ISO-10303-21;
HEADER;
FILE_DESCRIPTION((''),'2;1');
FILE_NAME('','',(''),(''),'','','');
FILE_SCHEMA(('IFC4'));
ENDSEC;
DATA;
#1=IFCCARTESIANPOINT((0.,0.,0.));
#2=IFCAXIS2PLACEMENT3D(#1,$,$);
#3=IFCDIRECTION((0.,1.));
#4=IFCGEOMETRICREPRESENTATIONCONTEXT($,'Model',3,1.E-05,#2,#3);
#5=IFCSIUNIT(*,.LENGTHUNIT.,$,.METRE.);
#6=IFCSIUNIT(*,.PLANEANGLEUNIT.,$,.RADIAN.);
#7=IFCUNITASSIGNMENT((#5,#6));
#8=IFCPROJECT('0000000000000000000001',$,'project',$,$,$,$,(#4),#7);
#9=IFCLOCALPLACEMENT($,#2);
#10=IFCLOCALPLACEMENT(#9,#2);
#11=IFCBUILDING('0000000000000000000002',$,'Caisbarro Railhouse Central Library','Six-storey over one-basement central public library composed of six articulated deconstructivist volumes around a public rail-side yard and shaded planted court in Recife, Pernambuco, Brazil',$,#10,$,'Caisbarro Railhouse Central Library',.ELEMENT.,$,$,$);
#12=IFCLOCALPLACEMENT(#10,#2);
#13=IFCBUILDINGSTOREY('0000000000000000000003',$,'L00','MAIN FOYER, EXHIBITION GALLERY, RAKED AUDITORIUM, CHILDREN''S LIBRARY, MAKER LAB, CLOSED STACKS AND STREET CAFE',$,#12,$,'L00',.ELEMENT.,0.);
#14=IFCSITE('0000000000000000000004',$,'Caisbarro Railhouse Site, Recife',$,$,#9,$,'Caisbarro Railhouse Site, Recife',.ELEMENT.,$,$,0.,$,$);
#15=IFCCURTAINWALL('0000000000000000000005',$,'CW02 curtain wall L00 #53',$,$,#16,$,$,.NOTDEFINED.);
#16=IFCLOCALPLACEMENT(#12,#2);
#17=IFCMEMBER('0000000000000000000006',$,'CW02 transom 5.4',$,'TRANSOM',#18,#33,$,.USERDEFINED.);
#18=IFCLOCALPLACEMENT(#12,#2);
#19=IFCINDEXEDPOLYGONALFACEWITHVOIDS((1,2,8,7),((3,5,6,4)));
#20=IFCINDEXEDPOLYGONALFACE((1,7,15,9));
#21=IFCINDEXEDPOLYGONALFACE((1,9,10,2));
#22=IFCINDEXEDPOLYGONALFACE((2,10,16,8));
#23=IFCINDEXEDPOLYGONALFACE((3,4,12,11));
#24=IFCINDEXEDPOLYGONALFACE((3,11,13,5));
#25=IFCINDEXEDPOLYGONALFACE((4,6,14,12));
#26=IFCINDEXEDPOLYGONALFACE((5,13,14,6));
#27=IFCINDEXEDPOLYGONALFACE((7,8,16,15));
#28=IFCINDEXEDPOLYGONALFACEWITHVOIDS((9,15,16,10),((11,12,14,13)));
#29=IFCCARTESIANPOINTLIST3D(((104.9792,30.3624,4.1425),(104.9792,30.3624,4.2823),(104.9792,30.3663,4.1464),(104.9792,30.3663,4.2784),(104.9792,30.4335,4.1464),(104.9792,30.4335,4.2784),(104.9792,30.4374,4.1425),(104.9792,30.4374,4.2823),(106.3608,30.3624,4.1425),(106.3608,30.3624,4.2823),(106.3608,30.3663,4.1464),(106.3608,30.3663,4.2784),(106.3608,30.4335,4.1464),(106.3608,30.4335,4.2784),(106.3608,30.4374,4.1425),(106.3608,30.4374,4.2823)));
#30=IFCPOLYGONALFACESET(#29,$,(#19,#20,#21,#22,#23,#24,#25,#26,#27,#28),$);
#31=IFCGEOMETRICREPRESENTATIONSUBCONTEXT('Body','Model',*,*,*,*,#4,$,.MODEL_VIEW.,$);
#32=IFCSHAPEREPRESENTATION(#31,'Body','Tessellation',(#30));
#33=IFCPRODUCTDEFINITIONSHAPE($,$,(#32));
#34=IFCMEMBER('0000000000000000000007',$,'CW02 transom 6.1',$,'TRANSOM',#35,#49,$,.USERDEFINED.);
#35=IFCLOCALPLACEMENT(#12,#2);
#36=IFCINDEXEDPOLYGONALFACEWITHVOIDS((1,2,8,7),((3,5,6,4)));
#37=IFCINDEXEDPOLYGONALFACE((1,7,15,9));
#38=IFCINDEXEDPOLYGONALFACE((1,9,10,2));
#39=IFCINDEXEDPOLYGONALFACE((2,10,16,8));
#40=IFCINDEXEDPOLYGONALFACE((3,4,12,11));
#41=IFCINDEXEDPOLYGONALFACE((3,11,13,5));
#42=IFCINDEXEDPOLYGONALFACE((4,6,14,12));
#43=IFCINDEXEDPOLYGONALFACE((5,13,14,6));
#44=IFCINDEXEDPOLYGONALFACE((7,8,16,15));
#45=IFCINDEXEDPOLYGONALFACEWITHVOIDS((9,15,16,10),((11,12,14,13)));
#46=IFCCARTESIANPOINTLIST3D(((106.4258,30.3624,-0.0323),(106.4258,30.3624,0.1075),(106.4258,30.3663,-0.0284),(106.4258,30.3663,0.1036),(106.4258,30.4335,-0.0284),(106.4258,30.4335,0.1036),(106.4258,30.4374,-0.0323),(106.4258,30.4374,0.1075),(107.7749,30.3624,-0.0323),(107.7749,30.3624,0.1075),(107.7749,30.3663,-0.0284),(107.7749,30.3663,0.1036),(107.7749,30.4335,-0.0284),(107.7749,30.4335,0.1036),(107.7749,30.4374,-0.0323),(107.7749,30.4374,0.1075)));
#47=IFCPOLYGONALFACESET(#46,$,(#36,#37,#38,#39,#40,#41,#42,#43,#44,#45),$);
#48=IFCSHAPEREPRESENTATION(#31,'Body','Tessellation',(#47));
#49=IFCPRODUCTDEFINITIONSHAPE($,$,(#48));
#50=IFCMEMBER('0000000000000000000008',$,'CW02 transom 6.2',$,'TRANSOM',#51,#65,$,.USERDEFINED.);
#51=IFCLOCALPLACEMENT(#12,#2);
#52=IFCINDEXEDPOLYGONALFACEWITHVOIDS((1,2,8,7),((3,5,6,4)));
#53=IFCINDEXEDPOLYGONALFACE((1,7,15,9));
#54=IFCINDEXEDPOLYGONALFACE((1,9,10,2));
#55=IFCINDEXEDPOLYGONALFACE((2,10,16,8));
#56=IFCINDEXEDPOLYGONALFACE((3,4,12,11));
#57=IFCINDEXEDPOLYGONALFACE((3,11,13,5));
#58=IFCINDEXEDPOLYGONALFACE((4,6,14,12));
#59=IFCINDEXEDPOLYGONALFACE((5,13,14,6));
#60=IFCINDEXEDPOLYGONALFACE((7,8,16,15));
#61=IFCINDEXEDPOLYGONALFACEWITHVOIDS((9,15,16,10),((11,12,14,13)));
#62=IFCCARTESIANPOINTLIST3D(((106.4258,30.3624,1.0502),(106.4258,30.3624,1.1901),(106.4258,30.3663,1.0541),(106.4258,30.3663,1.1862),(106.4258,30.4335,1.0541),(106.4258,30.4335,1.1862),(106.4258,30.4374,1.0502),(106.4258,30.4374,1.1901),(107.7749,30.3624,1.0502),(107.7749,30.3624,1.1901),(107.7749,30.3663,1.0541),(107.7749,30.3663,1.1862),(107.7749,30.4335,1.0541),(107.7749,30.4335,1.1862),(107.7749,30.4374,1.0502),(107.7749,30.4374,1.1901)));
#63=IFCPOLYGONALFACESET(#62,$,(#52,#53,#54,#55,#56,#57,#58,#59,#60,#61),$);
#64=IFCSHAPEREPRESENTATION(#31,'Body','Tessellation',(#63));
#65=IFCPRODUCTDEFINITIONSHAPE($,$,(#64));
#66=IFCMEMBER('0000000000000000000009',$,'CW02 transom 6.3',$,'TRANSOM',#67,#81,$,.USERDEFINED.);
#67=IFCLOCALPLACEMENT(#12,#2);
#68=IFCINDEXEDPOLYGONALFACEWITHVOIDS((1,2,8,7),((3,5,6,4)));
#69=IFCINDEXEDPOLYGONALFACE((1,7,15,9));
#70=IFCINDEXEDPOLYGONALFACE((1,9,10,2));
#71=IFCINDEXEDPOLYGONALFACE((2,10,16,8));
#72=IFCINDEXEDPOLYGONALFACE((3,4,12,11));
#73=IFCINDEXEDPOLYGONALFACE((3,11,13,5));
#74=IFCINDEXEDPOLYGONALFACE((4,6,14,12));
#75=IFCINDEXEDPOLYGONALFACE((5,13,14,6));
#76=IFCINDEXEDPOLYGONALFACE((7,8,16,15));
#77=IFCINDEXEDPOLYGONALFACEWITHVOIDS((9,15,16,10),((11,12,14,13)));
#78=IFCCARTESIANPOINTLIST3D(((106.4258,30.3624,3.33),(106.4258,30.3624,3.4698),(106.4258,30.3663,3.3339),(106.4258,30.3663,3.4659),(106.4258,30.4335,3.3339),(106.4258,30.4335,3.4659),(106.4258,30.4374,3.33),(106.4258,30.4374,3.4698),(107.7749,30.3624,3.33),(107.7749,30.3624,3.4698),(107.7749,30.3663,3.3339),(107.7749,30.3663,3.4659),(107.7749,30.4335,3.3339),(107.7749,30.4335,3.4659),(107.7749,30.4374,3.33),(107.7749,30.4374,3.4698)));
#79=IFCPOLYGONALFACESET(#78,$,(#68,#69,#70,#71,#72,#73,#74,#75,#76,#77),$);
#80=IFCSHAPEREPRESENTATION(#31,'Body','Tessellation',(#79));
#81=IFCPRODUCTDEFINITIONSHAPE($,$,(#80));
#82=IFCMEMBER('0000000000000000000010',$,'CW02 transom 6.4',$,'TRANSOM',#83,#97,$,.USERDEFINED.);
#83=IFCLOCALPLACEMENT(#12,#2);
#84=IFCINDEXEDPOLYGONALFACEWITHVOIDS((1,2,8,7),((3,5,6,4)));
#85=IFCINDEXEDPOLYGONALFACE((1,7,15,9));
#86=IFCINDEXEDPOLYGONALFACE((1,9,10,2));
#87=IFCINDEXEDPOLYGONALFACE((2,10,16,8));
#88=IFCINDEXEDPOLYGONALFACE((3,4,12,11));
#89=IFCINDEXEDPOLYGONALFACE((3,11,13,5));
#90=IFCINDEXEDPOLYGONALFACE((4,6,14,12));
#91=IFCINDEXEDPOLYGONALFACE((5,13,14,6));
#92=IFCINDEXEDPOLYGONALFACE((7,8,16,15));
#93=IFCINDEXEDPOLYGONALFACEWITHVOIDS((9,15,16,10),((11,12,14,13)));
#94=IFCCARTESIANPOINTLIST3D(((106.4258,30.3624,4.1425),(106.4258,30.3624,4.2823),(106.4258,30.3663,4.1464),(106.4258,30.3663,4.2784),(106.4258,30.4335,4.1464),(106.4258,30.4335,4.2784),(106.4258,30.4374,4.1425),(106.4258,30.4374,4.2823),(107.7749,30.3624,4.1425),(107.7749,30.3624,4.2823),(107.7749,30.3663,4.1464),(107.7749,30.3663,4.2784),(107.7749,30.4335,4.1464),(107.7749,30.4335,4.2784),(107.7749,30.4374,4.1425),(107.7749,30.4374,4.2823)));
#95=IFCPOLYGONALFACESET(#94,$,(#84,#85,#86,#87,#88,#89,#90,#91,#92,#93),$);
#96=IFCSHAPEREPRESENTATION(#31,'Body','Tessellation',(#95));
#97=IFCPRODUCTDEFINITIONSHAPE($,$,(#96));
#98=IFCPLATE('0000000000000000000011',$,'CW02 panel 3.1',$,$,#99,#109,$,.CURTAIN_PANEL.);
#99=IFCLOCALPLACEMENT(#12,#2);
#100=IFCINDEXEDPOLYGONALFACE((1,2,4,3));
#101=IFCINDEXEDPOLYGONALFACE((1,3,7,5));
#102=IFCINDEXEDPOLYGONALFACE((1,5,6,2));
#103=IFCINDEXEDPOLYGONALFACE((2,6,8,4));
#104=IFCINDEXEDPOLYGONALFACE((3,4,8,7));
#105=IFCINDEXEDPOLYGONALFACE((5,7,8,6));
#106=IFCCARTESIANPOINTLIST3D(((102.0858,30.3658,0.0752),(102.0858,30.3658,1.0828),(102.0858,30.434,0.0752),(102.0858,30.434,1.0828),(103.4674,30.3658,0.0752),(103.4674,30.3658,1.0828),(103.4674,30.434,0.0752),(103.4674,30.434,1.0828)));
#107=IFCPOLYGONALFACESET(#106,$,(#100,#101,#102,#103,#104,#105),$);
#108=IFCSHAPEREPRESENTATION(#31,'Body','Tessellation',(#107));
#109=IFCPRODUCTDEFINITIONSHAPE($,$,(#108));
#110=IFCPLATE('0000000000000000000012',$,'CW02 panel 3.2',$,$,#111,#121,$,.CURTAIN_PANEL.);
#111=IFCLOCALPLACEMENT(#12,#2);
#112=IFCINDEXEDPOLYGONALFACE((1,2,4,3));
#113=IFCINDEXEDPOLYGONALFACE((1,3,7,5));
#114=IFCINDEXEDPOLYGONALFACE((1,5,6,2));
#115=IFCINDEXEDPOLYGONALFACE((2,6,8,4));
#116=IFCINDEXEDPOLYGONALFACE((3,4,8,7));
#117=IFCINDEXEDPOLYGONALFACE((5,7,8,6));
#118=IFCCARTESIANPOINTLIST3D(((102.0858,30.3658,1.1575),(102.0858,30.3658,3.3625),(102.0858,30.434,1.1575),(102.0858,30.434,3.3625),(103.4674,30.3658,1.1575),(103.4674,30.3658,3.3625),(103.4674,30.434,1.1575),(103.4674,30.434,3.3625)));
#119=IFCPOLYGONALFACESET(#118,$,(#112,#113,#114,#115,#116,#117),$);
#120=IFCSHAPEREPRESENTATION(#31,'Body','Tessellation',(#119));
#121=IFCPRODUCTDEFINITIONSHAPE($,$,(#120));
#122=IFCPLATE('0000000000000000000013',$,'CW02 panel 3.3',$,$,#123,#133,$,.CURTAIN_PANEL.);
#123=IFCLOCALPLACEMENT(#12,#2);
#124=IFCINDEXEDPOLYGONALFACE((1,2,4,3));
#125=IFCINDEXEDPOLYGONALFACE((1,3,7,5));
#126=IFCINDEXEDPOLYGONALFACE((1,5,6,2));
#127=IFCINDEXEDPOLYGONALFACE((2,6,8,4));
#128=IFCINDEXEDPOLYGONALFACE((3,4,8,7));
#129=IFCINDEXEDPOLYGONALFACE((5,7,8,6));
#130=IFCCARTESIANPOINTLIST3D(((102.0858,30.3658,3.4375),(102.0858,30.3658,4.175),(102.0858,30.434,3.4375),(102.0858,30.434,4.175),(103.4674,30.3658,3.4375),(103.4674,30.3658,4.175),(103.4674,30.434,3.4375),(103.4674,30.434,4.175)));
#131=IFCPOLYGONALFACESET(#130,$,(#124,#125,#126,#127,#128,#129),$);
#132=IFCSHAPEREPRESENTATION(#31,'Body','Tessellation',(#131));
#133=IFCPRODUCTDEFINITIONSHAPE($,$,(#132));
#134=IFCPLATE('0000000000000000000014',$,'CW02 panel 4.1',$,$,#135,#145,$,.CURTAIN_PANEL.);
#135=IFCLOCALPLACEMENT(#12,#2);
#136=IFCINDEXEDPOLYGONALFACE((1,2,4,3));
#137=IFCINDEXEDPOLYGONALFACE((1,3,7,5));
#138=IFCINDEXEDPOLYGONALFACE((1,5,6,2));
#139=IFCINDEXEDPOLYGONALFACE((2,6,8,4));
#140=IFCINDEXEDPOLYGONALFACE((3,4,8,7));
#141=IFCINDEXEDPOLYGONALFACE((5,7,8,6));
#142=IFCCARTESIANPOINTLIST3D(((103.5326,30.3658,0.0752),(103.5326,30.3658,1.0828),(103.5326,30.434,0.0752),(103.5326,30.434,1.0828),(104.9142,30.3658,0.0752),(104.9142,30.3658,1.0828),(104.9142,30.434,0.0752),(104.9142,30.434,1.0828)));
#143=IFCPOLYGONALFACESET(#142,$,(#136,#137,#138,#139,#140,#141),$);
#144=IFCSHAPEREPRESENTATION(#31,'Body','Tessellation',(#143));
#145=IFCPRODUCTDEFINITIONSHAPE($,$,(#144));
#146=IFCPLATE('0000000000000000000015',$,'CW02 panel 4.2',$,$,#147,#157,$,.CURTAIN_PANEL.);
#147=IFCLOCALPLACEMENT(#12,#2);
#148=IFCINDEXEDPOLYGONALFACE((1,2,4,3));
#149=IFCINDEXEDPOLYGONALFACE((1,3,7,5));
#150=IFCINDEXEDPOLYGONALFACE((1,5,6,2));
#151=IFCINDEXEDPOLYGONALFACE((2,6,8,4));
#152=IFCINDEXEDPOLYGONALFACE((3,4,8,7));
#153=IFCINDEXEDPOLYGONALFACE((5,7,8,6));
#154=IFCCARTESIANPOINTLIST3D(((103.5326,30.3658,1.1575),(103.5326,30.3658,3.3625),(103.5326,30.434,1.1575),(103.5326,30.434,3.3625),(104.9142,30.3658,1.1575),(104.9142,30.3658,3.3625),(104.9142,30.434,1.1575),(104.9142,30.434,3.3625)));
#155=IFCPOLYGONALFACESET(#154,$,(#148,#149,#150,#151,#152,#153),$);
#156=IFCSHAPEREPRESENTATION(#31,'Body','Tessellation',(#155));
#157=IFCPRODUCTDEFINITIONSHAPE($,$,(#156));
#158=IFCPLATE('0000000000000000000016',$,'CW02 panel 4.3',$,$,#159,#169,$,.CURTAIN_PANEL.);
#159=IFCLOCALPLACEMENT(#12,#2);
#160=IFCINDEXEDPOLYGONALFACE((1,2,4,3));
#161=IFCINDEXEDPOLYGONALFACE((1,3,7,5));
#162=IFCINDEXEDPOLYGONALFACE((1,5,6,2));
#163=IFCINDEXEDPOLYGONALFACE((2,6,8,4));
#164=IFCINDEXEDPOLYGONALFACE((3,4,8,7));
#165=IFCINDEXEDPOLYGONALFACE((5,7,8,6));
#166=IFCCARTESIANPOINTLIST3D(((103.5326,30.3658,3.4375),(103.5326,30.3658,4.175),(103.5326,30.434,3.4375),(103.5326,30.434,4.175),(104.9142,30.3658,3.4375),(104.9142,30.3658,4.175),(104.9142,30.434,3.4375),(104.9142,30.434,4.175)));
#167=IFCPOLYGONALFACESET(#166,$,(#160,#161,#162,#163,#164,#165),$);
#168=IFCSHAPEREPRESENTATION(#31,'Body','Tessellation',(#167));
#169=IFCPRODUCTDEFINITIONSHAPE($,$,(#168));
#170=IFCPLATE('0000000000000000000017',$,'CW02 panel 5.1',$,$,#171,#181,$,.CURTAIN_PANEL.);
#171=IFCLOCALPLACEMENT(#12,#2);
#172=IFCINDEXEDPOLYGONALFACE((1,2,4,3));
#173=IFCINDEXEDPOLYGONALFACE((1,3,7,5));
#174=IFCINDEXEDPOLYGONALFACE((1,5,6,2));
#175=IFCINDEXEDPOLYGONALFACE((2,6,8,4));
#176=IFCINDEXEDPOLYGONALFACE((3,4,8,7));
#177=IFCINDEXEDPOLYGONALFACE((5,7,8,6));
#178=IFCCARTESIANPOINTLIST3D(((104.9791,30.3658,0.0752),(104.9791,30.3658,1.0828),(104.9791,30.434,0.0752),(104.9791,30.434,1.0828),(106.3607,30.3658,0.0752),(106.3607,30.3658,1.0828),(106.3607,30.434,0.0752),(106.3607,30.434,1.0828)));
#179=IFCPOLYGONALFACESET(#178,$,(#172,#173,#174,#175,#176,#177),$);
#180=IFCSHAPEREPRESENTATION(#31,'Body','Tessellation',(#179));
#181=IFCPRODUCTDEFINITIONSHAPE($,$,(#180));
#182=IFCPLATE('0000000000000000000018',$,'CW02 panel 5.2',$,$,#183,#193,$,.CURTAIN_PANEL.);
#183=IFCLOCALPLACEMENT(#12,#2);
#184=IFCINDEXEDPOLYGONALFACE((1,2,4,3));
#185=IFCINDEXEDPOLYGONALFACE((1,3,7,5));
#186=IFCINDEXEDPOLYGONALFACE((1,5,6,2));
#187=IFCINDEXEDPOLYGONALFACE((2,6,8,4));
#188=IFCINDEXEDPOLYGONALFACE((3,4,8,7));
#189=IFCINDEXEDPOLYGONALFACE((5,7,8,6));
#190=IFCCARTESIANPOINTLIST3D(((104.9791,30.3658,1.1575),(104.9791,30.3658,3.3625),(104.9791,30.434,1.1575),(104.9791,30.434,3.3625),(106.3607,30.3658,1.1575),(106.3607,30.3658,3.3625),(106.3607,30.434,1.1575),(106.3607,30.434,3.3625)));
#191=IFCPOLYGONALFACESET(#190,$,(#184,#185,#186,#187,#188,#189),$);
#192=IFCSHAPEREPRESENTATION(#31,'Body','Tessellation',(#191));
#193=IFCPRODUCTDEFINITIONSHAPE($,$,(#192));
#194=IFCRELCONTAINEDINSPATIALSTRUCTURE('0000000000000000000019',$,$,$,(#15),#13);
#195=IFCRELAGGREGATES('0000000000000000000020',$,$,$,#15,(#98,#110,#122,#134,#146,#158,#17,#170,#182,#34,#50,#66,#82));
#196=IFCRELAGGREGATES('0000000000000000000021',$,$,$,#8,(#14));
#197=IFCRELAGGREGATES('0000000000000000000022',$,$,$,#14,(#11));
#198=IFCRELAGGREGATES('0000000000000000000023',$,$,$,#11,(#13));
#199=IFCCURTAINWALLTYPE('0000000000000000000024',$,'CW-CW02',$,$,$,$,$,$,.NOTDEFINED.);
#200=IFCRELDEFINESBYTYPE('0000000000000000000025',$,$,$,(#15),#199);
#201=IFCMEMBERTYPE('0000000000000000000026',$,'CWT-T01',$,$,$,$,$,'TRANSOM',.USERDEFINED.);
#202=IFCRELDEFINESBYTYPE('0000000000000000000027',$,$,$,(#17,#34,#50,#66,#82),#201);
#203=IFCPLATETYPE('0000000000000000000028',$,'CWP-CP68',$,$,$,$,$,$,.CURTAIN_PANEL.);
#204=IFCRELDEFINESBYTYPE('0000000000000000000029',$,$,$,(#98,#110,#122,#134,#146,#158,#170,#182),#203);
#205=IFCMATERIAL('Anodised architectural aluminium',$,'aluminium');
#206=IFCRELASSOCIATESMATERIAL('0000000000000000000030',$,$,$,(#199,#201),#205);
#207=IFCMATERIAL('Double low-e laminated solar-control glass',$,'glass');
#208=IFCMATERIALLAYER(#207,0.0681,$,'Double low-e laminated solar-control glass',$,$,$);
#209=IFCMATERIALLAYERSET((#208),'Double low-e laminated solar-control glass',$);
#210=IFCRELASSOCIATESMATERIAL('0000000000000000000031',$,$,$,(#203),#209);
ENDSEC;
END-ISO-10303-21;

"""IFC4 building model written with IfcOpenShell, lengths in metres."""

from ifc_helpers import new_model, si_unit, direction, frame, origin, origin_2d, place, context, subcontext, project, spatial, rectangle, hollow_rectangle, extrude, material, layer, layer_set, material_profile, profile_set, type_object, element, aggregate, save


model = new_model("IFC4")

# Units and contexts
model_context = context("Model", 3, precision=1e-05, world=origin(), true_north=direction((0.0, 1.0)))
body_context = subcontext(model_context, "Body", "Model", "MODEL_VIEW")
ifc_project = project(units=[si_unit("LENGTHUNIT", "METRE"), si_unit("PLANEANGLEUNIT", "RADIAN")], contexts=[model_context])

# Site, building, storey
site_placement = place(None, origin())
site = spatial("IfcSite", under=ifc_project, at=site_placement, Name="Caisbarro Railhouse Site, Recife", LongName="Caisbarro Railhouse Site, Recife", CompositionType="ELEMENT", RefElevation=0.0)
building_placement = place(site_placement, origin())
building = spatial("IfcBuilding", under=site, at=building_placement, Name="Caisbarro Railhouse Central Library", Description="Six-storey over one-basement central public library composed of six articulated deconstructivist volumes around a public rail-side yard and shaded planted court in Recife, Pernambuco, Brazil", LongName="Caisbarro Railhouse Central Library", CompositionType="ELEMENT")
storey_placement = place(building_placement, origin())
storey = spatial("IfcBuildingStorey", under=building, at=storey_placement, Name="L00", Description="MAIN FOYER, EXHIBITION GALLERY, RAKED AUDITORIUM, CHILDREN'S LIBRARY, MAKER LAB, CLOSED STACKS AND STREET CAFE", LongName="L00", CompositionType="ELEMENT", Elevation=0.0)

# Curtain wall, members, plates
ifc_material_1 = material(Name="Anodised architectural aluminium", Category="aluminium")
curtain_wall_type = type_object("IfcCurtainWallType", Name="CW-CW02", PredefinedType="NOTDEFINED", material=ifc_material_1)
curtain_wall_placement = place(storey_placement, origin())
curtain_wall = element("IfcCurtainWall", 1, at=curtain_wall_placement, inside=storey, type_object=curtain_wall_type, Name="CW02 curtain wall L00 #53", PredefinedType="NOTDEFINED")
ifc_material_profile_1 = material_profile(ifc_material_1, hollow_rectangle(XDim=0.075, YDim=0.1399, WallThickness=0.0039, at=origin_2d()), Name="ALU-TRN-75X140")
ifc_profile_set_1 = profile_set([ifc_material_profile_1], Name="Anodised architectural aluminium")
member_type_1 = type_object("IfcMemberType", Name="CWT-T01", ElementType="TRANSOM", PredefinedType="USERDEFINED", material=ifc_profile_set_1)
member_1_placement = place(storey_placement, frame((104.9792, 30.3999, 4.2124), z_axis=(1.0, 0.0, 0.0), x_axis=(0.0, 1.0, 0.0)))
member_1 = element("IfcMember", 2, at=member_1_placement, type_object=member_type_1, Name="CW02 transom 5.4", ObjectType="TRANSOM", PredefinedType="USERDEFINED", context=body_context, shape_type="SweptSolid", body=[
    extrude(hollow_rectangle(XDim=0.075, YDim=0.1399, WallThickness=0.0039, at=origin_2d()), origin(), (0.0, 0.0, 1.0), 1.3816),
])
member_2_placement = place(storey_placement, frame((106.4258, 30.3999, 0.0376), z_axis=(1.0, 0.0, 0.0), x_axis=(0.0, 1.0, 0.0)))
member_2 = element("IfcMember", 3, at=member_2_placement, type_object=member_type_1, Name="CW02 transom 6.1", ObjectType="TRANSOM", PredefinedType="USERDEFINED", context=body_context, shape_type="SweptSolid", body=[
    extrude(hollow_rectangle(XDim=0.075, YDim=0.1399, WallThickness=0.0039, at=origin_2d()), origin(), (0.0, 0.0, 1.0), 1.3491),
])
member_3_placement = place(storey_placement, frame((106.4258, 30.3999, 1.1201), z_axis=(1.0, 0.0, 0.0), x_axis=(0.0, 1.0, 0.0)))
member_3 = element("IfcMember", 4, at=member_3_placement, type_object=member_type_1, Name="CW02 transom 6.2", ObjectType="TRANSOM", PredefinedType="USERDEFINED", context=body_context, shape_type="SweptSolid", body=[
    extrude(hollow_rectangle(XDim=0.075, YDim=0.1399, WallThickness=0.0039, at=origin_2d()), origin(), (0.0, 0.0, 1.0), 1.3491),
])
member_4_placement = place(storey_placement, frame((106.4258, 30.3999, 3.3999), z_axis=(1.0, 0.0, 0.0), x_axis=(0.0, 1.0, 0.0)))
member_4 = element("IfcMember", 5, at=member_4_placement, type_object=member_type_1, Name="CW02 transom 6.3", ObjectType="TRANSOM", PredefinedType="USERDEFINED", context=body_context, shape_type="SweptSolid", body=[
    extrude(hollow_rectangle(XDim=0.075, YDim=0.1399, WallThickness=0.0039, at=origin_2d()), origin(), (0.0, 0.0, 1.0), 1.3491),
])
member_5_placement = place(storey_placement, frame((106.4258, 30.3999, 4.2124), z_axis=(1.0, 0.0, 0.0), x_axis=(0.0, 1.0, 0.0)))
member_5 = element("IfcMember", 6, at=member_5_placement, type_object=member_type_1, Name="CW02 transom 6.4", ObjectType="TRANSOM", PredefinedType="USERDEFINED", context=body_context, shape_type="SweptSolid", body=[
    extrude(hollow_rectangle(XDim=0.075, YDim=0.1399, WallThickness=0.0039, at=origin_2d()), origin(), (0.0, 0.0, 1.0), 1.3491),
])
ifc_material_2 = material(Name="Double low-e laminated solar-control glass", Category="glass")
ifc_layer = layer(ifc_material_2, 0.0681, Name="Double low-e laminated solar-control glass")
ifc_layer_set = layer_set([ifc_layer], Name="Double low-e laminated solar-control glass")
plate_type = type_object("IfcPlateType", Name="CWP-CP68", PredefinedType="CURTAIN_PANEL", material=ifc_layer_set)
plate_1_placement = place(storey_placement, frame((102.7766, 30.3999, 0.0752), z_axis=(0.0, 0.0, 1.0), x_axis=(1.0, 0.0, 0.0)))
plate_1 = element("IfcPlate", 7, at=plate_1_placement, type_object=plate_type, Name="CW02 panel 3.1", PredefinedType="CURTAIN_PANEL", context=body_context, shape_type="SweptSolid", body=[
    extrude(rectangle(XDim=1.3816, YDim=0.0681, at=origin_2d()), origin(), (0.0, 0.0, 1.0), 1.0076),
])
plate_2_placement = place(storey_placement, frame((102.7766, 30.3999, 1.1575), z_axis=(0.0, 0.0, 1.0), x_axis=(1.0, 0.0, 0.0)))
plate_2 = element("IfcPlate", 8, at=plate_2_placement, type_object=plate_type, Name="CW02 panel 3.2", PredefinedType="CURTAIN_PANEL", context=body_context, shape_type="SweptSolid", body=[
    extrude(rectangle(XDim=1.3816, YDim=0.0681, at=origin_2d()), origin(), (0.0, 0.0, 1.0), 2.2051),
])
plate_3_placement = place(storey_placement, frame((102.7766, 30.3999, 3.4375), z_axis=(0.0, 0.0, 1.0), x_axis=(1.0, 0.0, 0.0)))
plate_3 = element("IfcPlate", 9, at=plate_3_placement, type_object=plate_type, Name="CW02 panel 3.3", PredefinedType="CURTAIN_PANEL", context=body_context, shape_type="SweptSolid", body=[
    extrude(rectangle(XDim=1.3816, YDim=0.0681, at=origin_2d()), origin(), (0.0, 0.0, 1.0), 0.7375),
])
plate_4_placement = place(storey_placement, frame((104.2234, 30.3999, 0.0752), z_axis=(0.0, 0.0, 1.0), x_axis=(1.0, 0.0, 0.0)))
plate_4 = element("IfcPlate", 10, at=plate_4_placement, type_object=plate_type, Name="CW02 panel 4.1", PredefinedType="CURTAIN_PANEL", context=body_context, shape_type="SweptSolid", body=[
    extrude(rectangle(XDim=1.3816, YDim=0.0681, at=origin_2d()), origin(), (0.0, 0.0, 1.0), 1.0076),
])
plate_5_placement = place(storey_placement, frame((104.2234, 30.3999, 1.1575), z_axis=(0.0, 0.0, 1.0), x_axis=(1.0, 0.0, 0.0)))
plate_5 = element("IfcPlate", 11, at=plate_5_placement, type_object=plate_type, Name="CW02 panel 4.2", PredefinedType="CURTAIN_PANEL", context=body_context, shape_type="SweptSolid", body=[
    extrude(rectangle(XDim=1.3816, YDim=0.0681, at=origin_2d()), origin(), (0.0, 0.0, 1.0), 2.2051),
])
plate_6_placement = place(storey_placement, frame((104.2234, 30.3999, 3.4375), z_axis=(0.0, 0.0, 1.0), x_axis=(1.0, 0.0, 0.0)))
plate_6 = element("IfcPlate", 12, at=plate_6_placement, type_object=plate_type, Name="CW02 panel 4.3", PredefinedType="CURTAIN_PANEL", context=body_context, shape_type="SweptSolid", body=[
    extrude(rectangle(XDim=1.3816, YDim=0.0681, at=origin_2d()), origin(), (0.0, 0.0, 1.0), 0.7375),
])
plate_7_placement = place(storey_placement, frame((105.6699, 30.3999, 0.0752), z_axis=(0.0, 0.0, 1.0), x_axis=(1.0, 0.0, 0.0)))
plate_7 = element("IfcPlate", 13, at=plate_7_placement, type_object=plate_type, Name="CW02 panel 5.1", PredefinedType="CURTAIN_PANEL", context=body_context, shape_type="SweptSolid", body=[
    extrude(rectangle(XDim=1.3816, YDim=0.0681, at=origin_2d()), origin(), (0.0, 0.0, 1.0), 1.0076),
])
plate_8_placement = place(storey_placement, frame((105.6699, 30.3999, 1.1575), z_axis=(0.0, 0.0, 1.0), x_axis=(1.0, 0.0, 0.0)))
plate_8 = element("IfcPlate", 14, at=plate_8_placement, type_object=plate_type, Name="CW02 panel 5.2", PredefinedType="CURTAIN_PANEL", context=body_context, shape_type="SweptSolid", body=[
    extrude(rectangle(XDim=1.3816, YDim=0.0681, at=origin_2d()), origin(), (0.0, 0.0, 1.0), 2.2051),
])
aggregate(curtain_wall, [plate_1, plate_2, plate_3, plate_4, plate_5, plate_6, member_1, plate_7, plate_8, member_2, member_3, member_4, member_5])

save(model, "model.ifc")
